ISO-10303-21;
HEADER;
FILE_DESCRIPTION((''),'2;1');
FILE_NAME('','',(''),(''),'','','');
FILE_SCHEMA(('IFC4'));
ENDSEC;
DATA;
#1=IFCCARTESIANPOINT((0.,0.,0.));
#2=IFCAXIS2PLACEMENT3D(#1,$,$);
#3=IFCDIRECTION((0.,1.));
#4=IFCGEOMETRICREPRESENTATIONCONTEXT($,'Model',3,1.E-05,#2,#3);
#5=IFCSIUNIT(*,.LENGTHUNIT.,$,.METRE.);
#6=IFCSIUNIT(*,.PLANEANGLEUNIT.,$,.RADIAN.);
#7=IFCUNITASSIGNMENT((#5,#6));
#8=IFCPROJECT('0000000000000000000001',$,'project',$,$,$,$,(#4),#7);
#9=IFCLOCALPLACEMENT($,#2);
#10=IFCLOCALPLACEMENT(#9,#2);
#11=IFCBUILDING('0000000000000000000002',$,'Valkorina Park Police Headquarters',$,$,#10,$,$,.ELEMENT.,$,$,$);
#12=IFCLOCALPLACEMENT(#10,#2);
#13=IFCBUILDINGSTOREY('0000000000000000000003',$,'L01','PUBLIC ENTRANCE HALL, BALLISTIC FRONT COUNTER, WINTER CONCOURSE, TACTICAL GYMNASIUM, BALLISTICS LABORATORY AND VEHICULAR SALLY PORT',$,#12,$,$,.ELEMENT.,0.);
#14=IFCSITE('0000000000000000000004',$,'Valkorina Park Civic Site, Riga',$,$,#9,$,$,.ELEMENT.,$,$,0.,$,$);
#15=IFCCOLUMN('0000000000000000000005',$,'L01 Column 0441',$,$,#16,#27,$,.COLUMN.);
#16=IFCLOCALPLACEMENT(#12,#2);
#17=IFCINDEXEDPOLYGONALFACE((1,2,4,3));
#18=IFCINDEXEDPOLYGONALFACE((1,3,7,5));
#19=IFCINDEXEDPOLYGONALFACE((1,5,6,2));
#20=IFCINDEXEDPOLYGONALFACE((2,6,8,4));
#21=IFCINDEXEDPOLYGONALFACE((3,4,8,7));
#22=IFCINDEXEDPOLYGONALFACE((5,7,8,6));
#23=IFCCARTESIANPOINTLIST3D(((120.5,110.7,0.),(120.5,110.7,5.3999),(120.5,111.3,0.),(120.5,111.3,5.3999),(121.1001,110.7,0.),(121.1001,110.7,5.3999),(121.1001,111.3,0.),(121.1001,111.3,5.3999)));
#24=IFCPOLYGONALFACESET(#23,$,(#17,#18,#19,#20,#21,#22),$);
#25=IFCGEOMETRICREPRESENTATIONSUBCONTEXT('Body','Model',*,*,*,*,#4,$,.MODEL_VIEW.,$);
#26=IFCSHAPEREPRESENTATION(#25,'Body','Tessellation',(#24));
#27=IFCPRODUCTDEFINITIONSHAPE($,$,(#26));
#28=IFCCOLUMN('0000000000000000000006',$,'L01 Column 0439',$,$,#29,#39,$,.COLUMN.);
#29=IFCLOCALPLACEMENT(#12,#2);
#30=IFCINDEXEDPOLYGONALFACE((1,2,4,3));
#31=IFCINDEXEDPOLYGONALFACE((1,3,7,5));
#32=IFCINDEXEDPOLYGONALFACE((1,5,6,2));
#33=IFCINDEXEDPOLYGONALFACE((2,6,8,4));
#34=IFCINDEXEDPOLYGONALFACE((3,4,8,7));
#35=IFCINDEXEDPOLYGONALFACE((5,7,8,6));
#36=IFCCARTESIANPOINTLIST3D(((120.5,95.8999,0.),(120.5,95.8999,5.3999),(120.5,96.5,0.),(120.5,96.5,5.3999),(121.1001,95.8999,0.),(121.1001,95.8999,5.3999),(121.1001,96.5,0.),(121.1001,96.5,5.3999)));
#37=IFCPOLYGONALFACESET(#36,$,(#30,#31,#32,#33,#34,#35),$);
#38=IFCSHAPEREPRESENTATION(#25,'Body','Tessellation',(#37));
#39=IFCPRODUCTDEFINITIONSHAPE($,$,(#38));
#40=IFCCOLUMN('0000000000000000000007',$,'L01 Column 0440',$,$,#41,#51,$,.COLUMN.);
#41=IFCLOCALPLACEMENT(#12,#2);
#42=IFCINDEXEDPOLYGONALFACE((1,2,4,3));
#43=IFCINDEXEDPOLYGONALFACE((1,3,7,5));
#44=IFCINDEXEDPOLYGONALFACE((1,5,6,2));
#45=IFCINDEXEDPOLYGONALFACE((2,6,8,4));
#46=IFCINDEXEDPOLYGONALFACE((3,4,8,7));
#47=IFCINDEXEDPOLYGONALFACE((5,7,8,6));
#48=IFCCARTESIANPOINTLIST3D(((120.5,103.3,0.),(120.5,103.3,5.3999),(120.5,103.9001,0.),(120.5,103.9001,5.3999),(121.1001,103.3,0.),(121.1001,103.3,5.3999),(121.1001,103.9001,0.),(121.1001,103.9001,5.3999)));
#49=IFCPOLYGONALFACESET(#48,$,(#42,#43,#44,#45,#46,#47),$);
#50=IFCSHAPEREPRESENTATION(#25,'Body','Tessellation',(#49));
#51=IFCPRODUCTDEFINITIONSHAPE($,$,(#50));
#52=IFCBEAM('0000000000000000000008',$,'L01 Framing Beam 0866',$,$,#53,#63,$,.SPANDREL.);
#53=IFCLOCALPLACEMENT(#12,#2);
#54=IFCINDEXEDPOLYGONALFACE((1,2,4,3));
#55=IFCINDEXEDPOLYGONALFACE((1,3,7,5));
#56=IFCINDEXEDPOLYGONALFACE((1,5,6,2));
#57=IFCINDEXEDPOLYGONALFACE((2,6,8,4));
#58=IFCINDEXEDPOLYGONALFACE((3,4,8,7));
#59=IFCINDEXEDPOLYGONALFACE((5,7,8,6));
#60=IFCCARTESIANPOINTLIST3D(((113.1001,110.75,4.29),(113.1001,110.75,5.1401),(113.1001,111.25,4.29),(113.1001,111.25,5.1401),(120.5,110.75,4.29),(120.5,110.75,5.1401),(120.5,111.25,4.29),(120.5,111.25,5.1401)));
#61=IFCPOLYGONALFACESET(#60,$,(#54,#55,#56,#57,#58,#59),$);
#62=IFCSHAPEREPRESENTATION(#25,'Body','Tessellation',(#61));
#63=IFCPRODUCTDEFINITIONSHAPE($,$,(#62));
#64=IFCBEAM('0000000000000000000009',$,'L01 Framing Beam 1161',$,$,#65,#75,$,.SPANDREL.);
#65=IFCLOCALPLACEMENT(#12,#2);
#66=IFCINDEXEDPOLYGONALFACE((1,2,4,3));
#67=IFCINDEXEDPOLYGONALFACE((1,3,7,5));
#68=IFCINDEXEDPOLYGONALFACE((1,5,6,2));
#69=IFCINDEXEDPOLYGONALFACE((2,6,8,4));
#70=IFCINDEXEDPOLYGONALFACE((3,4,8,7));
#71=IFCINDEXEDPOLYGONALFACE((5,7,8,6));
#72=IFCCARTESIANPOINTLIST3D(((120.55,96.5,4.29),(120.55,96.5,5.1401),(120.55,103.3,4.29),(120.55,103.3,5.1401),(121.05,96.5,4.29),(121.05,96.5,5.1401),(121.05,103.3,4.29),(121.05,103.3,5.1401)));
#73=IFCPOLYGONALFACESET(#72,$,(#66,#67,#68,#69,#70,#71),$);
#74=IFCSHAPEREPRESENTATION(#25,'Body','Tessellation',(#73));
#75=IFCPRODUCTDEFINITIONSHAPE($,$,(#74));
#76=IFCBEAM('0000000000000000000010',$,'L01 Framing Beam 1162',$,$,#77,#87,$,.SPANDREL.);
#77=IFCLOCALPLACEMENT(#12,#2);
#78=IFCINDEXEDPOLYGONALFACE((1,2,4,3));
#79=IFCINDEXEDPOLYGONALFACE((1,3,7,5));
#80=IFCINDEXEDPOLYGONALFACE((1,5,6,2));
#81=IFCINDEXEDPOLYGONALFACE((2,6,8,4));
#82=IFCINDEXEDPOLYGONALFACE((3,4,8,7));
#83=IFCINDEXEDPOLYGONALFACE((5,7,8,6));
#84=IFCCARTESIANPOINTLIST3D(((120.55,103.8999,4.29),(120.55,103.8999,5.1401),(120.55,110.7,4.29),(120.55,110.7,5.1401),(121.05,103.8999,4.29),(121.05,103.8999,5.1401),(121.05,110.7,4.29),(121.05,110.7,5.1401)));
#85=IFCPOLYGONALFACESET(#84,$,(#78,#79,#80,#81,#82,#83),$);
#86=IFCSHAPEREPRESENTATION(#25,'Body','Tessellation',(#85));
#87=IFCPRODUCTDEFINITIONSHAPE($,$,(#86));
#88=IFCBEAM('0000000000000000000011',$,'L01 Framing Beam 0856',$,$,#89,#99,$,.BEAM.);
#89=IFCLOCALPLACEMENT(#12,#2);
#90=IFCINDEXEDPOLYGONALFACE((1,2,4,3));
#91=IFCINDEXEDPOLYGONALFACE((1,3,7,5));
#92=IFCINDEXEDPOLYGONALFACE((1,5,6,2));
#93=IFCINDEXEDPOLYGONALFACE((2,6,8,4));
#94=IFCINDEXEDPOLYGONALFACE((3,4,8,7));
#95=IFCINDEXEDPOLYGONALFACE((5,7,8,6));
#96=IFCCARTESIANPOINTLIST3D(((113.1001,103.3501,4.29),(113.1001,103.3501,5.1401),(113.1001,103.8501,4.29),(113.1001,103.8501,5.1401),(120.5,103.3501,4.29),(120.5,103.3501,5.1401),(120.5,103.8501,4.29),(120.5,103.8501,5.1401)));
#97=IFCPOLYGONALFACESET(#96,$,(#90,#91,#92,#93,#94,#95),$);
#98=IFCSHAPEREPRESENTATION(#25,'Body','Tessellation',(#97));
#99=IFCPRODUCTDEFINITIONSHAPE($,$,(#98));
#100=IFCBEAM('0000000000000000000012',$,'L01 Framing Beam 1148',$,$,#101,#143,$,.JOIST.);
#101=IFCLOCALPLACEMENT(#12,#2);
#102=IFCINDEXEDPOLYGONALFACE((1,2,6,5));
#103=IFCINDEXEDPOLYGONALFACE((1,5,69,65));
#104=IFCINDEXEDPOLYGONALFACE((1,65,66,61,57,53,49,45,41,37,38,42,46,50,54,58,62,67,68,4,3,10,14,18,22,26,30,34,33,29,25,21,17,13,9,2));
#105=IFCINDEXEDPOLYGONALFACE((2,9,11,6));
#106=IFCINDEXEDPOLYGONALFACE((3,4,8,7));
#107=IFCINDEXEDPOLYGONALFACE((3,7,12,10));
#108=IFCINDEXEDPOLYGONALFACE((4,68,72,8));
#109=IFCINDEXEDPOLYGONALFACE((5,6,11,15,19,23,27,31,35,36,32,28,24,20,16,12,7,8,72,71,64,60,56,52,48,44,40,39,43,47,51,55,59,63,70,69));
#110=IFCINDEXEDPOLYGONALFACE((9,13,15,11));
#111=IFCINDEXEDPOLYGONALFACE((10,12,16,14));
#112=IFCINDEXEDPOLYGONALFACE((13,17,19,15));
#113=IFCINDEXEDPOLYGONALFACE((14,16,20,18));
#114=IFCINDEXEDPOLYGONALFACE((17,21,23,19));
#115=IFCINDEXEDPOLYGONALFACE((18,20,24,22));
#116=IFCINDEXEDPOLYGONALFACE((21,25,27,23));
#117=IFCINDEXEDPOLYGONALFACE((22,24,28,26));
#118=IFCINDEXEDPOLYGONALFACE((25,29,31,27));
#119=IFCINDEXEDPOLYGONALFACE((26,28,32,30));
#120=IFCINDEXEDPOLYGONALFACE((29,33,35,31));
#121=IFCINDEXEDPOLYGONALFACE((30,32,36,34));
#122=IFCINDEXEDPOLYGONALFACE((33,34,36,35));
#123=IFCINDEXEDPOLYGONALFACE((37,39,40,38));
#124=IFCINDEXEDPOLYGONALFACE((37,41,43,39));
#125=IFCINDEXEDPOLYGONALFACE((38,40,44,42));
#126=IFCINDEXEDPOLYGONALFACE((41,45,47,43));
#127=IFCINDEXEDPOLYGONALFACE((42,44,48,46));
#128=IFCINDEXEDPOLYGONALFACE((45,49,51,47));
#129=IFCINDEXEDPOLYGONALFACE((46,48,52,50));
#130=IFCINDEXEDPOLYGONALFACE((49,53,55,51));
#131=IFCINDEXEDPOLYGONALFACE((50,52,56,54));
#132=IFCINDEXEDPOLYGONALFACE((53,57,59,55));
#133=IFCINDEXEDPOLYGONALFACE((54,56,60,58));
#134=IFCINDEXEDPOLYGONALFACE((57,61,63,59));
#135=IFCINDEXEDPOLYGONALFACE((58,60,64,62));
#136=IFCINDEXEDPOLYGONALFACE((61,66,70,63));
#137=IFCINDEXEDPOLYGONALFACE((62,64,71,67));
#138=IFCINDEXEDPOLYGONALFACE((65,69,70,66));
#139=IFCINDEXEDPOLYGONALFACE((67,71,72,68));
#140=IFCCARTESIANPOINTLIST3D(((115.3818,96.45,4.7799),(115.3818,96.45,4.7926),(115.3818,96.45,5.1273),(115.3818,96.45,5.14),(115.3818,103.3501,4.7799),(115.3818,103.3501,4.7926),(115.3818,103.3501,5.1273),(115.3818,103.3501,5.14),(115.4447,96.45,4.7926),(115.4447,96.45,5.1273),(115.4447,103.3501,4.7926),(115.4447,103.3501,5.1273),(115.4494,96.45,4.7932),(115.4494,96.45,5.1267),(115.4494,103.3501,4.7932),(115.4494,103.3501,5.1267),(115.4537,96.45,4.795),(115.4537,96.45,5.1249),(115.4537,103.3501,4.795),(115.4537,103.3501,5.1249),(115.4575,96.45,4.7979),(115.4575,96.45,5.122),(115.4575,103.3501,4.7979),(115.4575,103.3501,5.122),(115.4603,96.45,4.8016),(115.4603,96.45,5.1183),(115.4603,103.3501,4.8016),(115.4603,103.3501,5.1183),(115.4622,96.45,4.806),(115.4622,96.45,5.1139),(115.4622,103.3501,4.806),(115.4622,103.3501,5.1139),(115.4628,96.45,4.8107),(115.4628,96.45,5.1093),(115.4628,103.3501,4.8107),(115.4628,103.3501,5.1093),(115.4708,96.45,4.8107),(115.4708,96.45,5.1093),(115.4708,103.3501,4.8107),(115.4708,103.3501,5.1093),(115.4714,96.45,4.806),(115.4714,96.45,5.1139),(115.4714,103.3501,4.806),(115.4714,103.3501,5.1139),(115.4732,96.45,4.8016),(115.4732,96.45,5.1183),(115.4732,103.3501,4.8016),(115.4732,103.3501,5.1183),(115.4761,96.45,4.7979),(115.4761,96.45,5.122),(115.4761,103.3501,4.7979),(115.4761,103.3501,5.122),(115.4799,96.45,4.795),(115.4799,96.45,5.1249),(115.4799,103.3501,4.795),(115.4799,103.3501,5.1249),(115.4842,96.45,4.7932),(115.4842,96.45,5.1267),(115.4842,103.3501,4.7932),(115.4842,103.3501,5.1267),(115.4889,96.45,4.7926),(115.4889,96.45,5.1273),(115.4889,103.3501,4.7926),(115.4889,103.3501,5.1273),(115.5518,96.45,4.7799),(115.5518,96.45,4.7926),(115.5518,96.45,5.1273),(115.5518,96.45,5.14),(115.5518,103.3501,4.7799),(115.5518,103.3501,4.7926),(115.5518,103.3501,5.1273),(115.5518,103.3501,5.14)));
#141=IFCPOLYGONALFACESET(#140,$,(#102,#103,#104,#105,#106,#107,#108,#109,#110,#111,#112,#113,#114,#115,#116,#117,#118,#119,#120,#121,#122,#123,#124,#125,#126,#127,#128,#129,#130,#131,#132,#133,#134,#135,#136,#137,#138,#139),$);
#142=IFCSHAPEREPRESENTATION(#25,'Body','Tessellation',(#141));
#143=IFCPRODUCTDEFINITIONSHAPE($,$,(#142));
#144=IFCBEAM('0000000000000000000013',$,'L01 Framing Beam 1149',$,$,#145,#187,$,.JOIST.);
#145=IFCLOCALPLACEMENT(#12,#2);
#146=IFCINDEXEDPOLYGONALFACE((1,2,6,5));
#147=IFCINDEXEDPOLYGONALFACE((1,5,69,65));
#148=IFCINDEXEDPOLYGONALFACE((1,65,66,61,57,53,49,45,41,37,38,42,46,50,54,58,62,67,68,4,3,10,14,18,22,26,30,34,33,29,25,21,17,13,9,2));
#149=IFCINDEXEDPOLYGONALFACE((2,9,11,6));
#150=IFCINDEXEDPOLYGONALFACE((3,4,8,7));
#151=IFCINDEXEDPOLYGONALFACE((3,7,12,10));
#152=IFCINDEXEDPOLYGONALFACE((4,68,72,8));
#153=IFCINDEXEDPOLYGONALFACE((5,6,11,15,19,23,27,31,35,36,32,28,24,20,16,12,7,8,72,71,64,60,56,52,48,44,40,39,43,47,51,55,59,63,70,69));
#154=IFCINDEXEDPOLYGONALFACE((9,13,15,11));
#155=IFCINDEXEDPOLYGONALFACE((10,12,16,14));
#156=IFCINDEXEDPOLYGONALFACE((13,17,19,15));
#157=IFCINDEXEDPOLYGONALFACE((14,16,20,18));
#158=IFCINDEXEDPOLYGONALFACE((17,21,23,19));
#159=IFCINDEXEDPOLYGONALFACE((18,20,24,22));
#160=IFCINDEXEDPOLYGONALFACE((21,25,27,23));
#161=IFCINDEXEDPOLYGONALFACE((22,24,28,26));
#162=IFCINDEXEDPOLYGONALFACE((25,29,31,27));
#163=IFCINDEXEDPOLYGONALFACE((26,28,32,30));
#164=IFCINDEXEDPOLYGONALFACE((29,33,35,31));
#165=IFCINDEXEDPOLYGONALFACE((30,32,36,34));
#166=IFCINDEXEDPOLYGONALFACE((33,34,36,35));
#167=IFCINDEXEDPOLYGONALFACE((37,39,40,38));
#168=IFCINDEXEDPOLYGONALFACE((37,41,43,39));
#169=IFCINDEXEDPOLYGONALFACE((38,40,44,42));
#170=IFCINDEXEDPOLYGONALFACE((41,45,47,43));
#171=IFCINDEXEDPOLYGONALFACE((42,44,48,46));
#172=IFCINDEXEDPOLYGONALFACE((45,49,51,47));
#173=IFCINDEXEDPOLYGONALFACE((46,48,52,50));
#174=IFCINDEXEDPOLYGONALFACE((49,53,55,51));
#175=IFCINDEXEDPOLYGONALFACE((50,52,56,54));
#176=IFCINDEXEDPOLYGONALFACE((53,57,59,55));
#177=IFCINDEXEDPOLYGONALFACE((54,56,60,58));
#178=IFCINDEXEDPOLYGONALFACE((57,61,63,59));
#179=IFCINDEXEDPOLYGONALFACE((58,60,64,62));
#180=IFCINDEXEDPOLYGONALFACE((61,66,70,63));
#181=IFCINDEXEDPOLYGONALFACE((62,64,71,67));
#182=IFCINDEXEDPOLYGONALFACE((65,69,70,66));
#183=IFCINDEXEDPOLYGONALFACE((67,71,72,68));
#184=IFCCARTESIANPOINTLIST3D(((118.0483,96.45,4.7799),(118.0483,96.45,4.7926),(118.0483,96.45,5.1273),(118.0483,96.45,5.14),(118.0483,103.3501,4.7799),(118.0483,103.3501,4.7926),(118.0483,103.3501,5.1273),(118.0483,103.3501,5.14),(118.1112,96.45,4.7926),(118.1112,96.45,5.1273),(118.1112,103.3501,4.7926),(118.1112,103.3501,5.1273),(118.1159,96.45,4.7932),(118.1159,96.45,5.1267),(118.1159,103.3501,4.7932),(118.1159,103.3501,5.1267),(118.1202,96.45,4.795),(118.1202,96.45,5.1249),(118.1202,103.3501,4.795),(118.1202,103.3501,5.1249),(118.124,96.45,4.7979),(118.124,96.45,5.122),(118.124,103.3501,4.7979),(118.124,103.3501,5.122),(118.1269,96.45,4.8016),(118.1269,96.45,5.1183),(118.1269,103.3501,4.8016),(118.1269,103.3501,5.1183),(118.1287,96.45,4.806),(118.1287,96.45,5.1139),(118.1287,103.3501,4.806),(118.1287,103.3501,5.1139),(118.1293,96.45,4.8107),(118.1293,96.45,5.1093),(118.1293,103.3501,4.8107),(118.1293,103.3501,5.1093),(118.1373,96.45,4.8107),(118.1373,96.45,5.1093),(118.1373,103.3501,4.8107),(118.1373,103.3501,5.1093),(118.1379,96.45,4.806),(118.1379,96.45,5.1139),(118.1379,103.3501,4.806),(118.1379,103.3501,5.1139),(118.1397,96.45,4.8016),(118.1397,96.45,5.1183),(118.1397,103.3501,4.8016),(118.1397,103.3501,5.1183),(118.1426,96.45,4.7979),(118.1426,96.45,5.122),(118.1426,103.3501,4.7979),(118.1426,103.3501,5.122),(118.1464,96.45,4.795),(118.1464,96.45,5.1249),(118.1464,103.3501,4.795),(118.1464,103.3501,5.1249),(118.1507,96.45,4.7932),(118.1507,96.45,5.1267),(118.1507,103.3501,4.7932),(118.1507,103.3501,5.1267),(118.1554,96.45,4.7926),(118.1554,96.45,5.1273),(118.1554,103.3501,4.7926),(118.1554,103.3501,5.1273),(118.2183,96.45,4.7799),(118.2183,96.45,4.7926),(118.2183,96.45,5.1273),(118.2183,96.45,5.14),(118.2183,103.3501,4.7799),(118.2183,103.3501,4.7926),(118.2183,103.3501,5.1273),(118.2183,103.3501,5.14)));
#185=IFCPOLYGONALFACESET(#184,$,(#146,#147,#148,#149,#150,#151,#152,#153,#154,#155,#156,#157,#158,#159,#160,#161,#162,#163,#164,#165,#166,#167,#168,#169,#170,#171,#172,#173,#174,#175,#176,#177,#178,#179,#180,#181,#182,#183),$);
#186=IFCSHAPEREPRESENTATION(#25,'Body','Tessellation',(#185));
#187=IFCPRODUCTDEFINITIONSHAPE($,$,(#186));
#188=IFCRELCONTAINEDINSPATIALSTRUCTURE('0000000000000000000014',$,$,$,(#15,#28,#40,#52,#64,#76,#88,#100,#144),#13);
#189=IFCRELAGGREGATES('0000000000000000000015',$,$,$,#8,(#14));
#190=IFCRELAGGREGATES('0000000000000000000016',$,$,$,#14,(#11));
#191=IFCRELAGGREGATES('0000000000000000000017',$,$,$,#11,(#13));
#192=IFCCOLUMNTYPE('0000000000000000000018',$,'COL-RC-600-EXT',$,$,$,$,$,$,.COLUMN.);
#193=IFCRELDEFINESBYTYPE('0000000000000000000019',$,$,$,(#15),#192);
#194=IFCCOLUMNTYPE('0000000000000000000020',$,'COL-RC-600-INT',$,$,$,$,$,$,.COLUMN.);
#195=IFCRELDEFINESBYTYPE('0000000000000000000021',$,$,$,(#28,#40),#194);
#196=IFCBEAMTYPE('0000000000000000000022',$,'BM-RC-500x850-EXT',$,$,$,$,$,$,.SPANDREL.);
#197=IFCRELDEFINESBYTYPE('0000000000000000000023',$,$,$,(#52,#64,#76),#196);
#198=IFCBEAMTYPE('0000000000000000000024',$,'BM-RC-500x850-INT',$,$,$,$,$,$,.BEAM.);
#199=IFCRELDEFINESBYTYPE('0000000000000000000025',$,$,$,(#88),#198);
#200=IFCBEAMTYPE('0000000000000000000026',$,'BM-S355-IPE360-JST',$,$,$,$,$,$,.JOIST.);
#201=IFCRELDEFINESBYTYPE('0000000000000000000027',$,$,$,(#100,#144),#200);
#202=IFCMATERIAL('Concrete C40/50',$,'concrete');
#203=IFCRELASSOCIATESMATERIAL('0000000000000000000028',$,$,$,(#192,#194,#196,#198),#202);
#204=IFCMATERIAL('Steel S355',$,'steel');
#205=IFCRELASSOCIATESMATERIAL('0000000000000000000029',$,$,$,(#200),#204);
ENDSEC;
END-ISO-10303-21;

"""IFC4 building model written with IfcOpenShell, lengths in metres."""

from ifc_helpers import new_model, si_unit, direction, frame, origin, origin_2d, place, context, subcontext, project, spatial, rectangle, i_section, extrude, material, material_profile, profile_set, type_object, element, save


model = new_model("IFC4")

# Units and contexts
model_context = context("Model", 3, precision=1e-05, world=origin(), true_north=direction((0.0, 1.0)))
body_context = subcontext(model_context, "Body", "Model", "MODEL_VIEW")
ifc_project = project(units=[si_unit("LENGTHUNIT", "METRE"), si_unit("PLANEANGLEUNIT", "RADIAN")], contexts=[model_context])

# Site, building, storey
site_placement = place(None, origin())
site = spatial("IfcSite", under=ifc_project, at=site_placement, Name="Valkorina Park Civic Site, Riga", CompositionType="ELEMENT", RefElevation=0.0)
building_placement = place(site_placement, origin())
building = spatial("IfcBuilding", under=site, at=building_placement, Name="Valkorina Park Police Headquarters", CompositionType="ELEMENT")
storey_placement = place(building_placement, origin())
storey = spatial("IfcBuildingStorey", under=building, at=storey_placement, Name="L01", Description="PUBLIC ENTRANCE HALL, BALLISTIC FRONT COUNTER, WINTER CONCOURSE, TACTICAL GYMNASIUM, BALLISTICS LABORATORY AND VEHICULAR SALLY PORT", CompositionType="ELEMENT", Elevation=0.0)

# Columns
ifc_material_1 = material(Name="Concrete C40/50", Category="concrete")
ifc_material_profile_1 = material_profile(ifc_material_1, rectangle(XDim=0.6001, YDim=0.6001, at=origin_2d()), Name="RC COL 600x600")
ifc_profile_set_1 = profile_set([ifc_material_profile_1], Name="Concrete C40/50")
column_type_1 = type_object("IfcColumnType", Name="COL-RC-600-EXT", PredefinedType="COLUMN", material=ifc_profile_set_1)
column_placement = place(storey_placement, frame((120.8, 111.0, 0.0), z_axis=(0.0, 0.0, 1.0), x_axis=(1.0, 0.0, 0.0)))
element("IfcColumn", 1, at=column_placement, inside=storey, type_object=column_type_1, Name="L01 Column 0441", PredefinedType="COLUMN", context=body_context, shape_type="SweptSolid", body=[
    extrude(rectangle(XDim=0.6001, YDim=0.6001, at=origin_2d()), origin(), (0.0, 0.0, 1.0), 5.3999),
])
ifc_material_profile_2 = material_profile(ifc_material_1, rectangle(XDim=0.6001, YDim=0.6001, at=origin_2d()), Name="RC COL 600x600")
ifc_profile_set_2 = profile_set([ifc_material_profile_2], Name="Concrete C40/50")
column_type_2 = type_object("IfcColumnType", Name="COL-RC-600-INT", PredefinedType="COLUMN", material=ifc_profile_set_2)
for number, where, z_axis, x_axis, name in (
    (2, (120.8, 96.2, 0.0), (0.0, 0.0, 1.0), (1.0, 0.0, 0.0), "L01 Column 0439"),
    (3, (120.8, 103.6001, 0.0), (0.0, 0.0, 1.0), (1.0, 0.0, 0.0), "L01 Column 0440"),
):
    element("IfcColumn", number, at=place(storey_placement, frame(where, z_axis=z_axis, x_axis=x_axis)), inside=storey, type_object=column_type_2, Name=name, PredefinedType="COLUMN", context=body_context, shape_type="SweptSolid", body=[
        extrude(rectangle(XDim=0.6001, YDim=0.6001, at=origin_2d()), origin(), (0.0, 0.0, 1.0), 5.3999),
    ])

# Beams
ifc_material_profile_3 = material_profile(ifc_material_1, rectangle(XDim=0.5, YDim=0.8501, at=origin_2d()), Name="RC BEAM 500x850")
ifc_profile_set_3 = profile_set([ifc_material_profile_3], Name="Concrete C40/50")
beam_type_1 = type_object("IfcBeamType", Name="BM-RC-500x850-EXT", PredefinedType="SPANDREL", material=ifc_profile_set_3)
beam_1_placement = place(storey_placement, frame((113.1001, 111.0, 4.7151), z_axis=(1.0, 0.0, 0.0), x_axis=(0.0, 1.0, 0.0)))
element("IfcBeam", 4, at=beam_1_placement, inside=storey, type_object=beam_type_1, Name="L01 Framing Beam 0866", PredefinedType="SPANDREL", context=body_context, shape_type="SweptSolid", body=[
    extrude(rectangle(XDim=0.5, YDim=0.8501, at=origin_2d()), origin(), (0.0, 0.0, 1.0), 7.3999),
])
for number, where, z_axis, x_axis, name in (
    (5, (120.8, 96.5, 4.7151), (0.0, 1.0, 0.0), (-1.0, 0.0, 0.0), "L01 Framing Beam 1161"),
    (6, (120.8, 103.8999, 4.7151), (0.0, 1.0, 0.0), (-1.0, 0.0, 0.0), "L01 Framing Beam 1162"),
):
    element("IfcBeam", number, at=place(storey_placement, frame(where, z_axis=z_axis, x_axis=x_axis)), inside=storey, type_object=beam_type_1, Name=name, PredefinedType="SPANDREL", context=body_context, shape_type="SweptSolid", body=[
        extrude(rectangle(XDim=0.5, YDim=0.8501, at=origin_2d()), origin(), (0.0, 0.0, 1.0), 6.8),
    ])
ifc_material_profile_4 = material_profile(ifc_material_1, rectangle(XDim=0.5, YDim=0.8501, at=origin_2d()), Name="RC BEAM 500x850")
ifc_profile_set_4 = profile_set([ifc_material_profile_4], Name="Concrete C40/50")
beam_type_2 = type_object("IfcBeamType", Name="BM-RC-500x850-INT", PredefinedType="BEAM", material=ifc_profile_set_4)
beam_2_placement = place(storey_placement, frame((113.1001, 103.6001, 4.7151), z_axis=(1.0, 0.0, 0.0), x_axis=(0.0, 1.0, 0.0)))
element("IfcBeam", 7, at=beam_2_placement, inside=storey, type_object=beam_type_2, Name="L01 Framing Beam 0856", PredefinedType="BEAM", context=body_context, shape_type="SweptSolid", body=[
    extrude(rectangle(XDim=0.5, YDim=0.8501, at=origin_2d()), origin(), (0.0, 0.0, 1.0), 7.3999),
])
ifc_material_2 = material(Name="Steel S355", Category="steel")
ifc_material_profile_5 = material_profile(ifc_material_2, i_section(OverallWidth=0.1699, OverallDepth=0.3601, WebThickness=0.0081, FlangeThickness=0.0127, FilletRadius=0.0181, at=origin_2d()), Name="IPE 360")
ifc_profile_set_5 = profile_set([ifc_material_profile_5], Name="Steel S355")
beam_type_3 = type_object("IfcBeamType", Name="BM-S355-IPE360-JST", PredefinedType="JOIST", material=ifc_profile_set_5)
for number, where, z_axis, x_axis, name in (
    (8, (115.4668, 96.45, 4.96), (0.0, 1.0, 0.0), (-1.0, 0.0, 0.0), "L01 Framing Beam 1148"),
    (9, (118.1333, 96.45, 4.96), (0.0, 1.0, 0.0), (-1.0, 0.0, 0.0), "L01 Framing Beam 1149"),
):
    element("IfcBeam", number, at=place(storey_placement, frame(where, z_axis=z_axis, x_axis=x_axis)), inside=storey, type_object=beam_type_3, Name=name, PredefinedType="JOIST", context=body_context, shape_type="SweptSolid", body=[
        extrude(i_section(OverallWidth=0.1699, OverallDepth=0.3601, WebThickness=0.0081, FlangeThickness=0.0127, FilletRadius=0.0181, at=origin_2d()), origin(), (0.0, 0.0, 1.0), 6.9001),
    ])

save(model, "model.ifc")
